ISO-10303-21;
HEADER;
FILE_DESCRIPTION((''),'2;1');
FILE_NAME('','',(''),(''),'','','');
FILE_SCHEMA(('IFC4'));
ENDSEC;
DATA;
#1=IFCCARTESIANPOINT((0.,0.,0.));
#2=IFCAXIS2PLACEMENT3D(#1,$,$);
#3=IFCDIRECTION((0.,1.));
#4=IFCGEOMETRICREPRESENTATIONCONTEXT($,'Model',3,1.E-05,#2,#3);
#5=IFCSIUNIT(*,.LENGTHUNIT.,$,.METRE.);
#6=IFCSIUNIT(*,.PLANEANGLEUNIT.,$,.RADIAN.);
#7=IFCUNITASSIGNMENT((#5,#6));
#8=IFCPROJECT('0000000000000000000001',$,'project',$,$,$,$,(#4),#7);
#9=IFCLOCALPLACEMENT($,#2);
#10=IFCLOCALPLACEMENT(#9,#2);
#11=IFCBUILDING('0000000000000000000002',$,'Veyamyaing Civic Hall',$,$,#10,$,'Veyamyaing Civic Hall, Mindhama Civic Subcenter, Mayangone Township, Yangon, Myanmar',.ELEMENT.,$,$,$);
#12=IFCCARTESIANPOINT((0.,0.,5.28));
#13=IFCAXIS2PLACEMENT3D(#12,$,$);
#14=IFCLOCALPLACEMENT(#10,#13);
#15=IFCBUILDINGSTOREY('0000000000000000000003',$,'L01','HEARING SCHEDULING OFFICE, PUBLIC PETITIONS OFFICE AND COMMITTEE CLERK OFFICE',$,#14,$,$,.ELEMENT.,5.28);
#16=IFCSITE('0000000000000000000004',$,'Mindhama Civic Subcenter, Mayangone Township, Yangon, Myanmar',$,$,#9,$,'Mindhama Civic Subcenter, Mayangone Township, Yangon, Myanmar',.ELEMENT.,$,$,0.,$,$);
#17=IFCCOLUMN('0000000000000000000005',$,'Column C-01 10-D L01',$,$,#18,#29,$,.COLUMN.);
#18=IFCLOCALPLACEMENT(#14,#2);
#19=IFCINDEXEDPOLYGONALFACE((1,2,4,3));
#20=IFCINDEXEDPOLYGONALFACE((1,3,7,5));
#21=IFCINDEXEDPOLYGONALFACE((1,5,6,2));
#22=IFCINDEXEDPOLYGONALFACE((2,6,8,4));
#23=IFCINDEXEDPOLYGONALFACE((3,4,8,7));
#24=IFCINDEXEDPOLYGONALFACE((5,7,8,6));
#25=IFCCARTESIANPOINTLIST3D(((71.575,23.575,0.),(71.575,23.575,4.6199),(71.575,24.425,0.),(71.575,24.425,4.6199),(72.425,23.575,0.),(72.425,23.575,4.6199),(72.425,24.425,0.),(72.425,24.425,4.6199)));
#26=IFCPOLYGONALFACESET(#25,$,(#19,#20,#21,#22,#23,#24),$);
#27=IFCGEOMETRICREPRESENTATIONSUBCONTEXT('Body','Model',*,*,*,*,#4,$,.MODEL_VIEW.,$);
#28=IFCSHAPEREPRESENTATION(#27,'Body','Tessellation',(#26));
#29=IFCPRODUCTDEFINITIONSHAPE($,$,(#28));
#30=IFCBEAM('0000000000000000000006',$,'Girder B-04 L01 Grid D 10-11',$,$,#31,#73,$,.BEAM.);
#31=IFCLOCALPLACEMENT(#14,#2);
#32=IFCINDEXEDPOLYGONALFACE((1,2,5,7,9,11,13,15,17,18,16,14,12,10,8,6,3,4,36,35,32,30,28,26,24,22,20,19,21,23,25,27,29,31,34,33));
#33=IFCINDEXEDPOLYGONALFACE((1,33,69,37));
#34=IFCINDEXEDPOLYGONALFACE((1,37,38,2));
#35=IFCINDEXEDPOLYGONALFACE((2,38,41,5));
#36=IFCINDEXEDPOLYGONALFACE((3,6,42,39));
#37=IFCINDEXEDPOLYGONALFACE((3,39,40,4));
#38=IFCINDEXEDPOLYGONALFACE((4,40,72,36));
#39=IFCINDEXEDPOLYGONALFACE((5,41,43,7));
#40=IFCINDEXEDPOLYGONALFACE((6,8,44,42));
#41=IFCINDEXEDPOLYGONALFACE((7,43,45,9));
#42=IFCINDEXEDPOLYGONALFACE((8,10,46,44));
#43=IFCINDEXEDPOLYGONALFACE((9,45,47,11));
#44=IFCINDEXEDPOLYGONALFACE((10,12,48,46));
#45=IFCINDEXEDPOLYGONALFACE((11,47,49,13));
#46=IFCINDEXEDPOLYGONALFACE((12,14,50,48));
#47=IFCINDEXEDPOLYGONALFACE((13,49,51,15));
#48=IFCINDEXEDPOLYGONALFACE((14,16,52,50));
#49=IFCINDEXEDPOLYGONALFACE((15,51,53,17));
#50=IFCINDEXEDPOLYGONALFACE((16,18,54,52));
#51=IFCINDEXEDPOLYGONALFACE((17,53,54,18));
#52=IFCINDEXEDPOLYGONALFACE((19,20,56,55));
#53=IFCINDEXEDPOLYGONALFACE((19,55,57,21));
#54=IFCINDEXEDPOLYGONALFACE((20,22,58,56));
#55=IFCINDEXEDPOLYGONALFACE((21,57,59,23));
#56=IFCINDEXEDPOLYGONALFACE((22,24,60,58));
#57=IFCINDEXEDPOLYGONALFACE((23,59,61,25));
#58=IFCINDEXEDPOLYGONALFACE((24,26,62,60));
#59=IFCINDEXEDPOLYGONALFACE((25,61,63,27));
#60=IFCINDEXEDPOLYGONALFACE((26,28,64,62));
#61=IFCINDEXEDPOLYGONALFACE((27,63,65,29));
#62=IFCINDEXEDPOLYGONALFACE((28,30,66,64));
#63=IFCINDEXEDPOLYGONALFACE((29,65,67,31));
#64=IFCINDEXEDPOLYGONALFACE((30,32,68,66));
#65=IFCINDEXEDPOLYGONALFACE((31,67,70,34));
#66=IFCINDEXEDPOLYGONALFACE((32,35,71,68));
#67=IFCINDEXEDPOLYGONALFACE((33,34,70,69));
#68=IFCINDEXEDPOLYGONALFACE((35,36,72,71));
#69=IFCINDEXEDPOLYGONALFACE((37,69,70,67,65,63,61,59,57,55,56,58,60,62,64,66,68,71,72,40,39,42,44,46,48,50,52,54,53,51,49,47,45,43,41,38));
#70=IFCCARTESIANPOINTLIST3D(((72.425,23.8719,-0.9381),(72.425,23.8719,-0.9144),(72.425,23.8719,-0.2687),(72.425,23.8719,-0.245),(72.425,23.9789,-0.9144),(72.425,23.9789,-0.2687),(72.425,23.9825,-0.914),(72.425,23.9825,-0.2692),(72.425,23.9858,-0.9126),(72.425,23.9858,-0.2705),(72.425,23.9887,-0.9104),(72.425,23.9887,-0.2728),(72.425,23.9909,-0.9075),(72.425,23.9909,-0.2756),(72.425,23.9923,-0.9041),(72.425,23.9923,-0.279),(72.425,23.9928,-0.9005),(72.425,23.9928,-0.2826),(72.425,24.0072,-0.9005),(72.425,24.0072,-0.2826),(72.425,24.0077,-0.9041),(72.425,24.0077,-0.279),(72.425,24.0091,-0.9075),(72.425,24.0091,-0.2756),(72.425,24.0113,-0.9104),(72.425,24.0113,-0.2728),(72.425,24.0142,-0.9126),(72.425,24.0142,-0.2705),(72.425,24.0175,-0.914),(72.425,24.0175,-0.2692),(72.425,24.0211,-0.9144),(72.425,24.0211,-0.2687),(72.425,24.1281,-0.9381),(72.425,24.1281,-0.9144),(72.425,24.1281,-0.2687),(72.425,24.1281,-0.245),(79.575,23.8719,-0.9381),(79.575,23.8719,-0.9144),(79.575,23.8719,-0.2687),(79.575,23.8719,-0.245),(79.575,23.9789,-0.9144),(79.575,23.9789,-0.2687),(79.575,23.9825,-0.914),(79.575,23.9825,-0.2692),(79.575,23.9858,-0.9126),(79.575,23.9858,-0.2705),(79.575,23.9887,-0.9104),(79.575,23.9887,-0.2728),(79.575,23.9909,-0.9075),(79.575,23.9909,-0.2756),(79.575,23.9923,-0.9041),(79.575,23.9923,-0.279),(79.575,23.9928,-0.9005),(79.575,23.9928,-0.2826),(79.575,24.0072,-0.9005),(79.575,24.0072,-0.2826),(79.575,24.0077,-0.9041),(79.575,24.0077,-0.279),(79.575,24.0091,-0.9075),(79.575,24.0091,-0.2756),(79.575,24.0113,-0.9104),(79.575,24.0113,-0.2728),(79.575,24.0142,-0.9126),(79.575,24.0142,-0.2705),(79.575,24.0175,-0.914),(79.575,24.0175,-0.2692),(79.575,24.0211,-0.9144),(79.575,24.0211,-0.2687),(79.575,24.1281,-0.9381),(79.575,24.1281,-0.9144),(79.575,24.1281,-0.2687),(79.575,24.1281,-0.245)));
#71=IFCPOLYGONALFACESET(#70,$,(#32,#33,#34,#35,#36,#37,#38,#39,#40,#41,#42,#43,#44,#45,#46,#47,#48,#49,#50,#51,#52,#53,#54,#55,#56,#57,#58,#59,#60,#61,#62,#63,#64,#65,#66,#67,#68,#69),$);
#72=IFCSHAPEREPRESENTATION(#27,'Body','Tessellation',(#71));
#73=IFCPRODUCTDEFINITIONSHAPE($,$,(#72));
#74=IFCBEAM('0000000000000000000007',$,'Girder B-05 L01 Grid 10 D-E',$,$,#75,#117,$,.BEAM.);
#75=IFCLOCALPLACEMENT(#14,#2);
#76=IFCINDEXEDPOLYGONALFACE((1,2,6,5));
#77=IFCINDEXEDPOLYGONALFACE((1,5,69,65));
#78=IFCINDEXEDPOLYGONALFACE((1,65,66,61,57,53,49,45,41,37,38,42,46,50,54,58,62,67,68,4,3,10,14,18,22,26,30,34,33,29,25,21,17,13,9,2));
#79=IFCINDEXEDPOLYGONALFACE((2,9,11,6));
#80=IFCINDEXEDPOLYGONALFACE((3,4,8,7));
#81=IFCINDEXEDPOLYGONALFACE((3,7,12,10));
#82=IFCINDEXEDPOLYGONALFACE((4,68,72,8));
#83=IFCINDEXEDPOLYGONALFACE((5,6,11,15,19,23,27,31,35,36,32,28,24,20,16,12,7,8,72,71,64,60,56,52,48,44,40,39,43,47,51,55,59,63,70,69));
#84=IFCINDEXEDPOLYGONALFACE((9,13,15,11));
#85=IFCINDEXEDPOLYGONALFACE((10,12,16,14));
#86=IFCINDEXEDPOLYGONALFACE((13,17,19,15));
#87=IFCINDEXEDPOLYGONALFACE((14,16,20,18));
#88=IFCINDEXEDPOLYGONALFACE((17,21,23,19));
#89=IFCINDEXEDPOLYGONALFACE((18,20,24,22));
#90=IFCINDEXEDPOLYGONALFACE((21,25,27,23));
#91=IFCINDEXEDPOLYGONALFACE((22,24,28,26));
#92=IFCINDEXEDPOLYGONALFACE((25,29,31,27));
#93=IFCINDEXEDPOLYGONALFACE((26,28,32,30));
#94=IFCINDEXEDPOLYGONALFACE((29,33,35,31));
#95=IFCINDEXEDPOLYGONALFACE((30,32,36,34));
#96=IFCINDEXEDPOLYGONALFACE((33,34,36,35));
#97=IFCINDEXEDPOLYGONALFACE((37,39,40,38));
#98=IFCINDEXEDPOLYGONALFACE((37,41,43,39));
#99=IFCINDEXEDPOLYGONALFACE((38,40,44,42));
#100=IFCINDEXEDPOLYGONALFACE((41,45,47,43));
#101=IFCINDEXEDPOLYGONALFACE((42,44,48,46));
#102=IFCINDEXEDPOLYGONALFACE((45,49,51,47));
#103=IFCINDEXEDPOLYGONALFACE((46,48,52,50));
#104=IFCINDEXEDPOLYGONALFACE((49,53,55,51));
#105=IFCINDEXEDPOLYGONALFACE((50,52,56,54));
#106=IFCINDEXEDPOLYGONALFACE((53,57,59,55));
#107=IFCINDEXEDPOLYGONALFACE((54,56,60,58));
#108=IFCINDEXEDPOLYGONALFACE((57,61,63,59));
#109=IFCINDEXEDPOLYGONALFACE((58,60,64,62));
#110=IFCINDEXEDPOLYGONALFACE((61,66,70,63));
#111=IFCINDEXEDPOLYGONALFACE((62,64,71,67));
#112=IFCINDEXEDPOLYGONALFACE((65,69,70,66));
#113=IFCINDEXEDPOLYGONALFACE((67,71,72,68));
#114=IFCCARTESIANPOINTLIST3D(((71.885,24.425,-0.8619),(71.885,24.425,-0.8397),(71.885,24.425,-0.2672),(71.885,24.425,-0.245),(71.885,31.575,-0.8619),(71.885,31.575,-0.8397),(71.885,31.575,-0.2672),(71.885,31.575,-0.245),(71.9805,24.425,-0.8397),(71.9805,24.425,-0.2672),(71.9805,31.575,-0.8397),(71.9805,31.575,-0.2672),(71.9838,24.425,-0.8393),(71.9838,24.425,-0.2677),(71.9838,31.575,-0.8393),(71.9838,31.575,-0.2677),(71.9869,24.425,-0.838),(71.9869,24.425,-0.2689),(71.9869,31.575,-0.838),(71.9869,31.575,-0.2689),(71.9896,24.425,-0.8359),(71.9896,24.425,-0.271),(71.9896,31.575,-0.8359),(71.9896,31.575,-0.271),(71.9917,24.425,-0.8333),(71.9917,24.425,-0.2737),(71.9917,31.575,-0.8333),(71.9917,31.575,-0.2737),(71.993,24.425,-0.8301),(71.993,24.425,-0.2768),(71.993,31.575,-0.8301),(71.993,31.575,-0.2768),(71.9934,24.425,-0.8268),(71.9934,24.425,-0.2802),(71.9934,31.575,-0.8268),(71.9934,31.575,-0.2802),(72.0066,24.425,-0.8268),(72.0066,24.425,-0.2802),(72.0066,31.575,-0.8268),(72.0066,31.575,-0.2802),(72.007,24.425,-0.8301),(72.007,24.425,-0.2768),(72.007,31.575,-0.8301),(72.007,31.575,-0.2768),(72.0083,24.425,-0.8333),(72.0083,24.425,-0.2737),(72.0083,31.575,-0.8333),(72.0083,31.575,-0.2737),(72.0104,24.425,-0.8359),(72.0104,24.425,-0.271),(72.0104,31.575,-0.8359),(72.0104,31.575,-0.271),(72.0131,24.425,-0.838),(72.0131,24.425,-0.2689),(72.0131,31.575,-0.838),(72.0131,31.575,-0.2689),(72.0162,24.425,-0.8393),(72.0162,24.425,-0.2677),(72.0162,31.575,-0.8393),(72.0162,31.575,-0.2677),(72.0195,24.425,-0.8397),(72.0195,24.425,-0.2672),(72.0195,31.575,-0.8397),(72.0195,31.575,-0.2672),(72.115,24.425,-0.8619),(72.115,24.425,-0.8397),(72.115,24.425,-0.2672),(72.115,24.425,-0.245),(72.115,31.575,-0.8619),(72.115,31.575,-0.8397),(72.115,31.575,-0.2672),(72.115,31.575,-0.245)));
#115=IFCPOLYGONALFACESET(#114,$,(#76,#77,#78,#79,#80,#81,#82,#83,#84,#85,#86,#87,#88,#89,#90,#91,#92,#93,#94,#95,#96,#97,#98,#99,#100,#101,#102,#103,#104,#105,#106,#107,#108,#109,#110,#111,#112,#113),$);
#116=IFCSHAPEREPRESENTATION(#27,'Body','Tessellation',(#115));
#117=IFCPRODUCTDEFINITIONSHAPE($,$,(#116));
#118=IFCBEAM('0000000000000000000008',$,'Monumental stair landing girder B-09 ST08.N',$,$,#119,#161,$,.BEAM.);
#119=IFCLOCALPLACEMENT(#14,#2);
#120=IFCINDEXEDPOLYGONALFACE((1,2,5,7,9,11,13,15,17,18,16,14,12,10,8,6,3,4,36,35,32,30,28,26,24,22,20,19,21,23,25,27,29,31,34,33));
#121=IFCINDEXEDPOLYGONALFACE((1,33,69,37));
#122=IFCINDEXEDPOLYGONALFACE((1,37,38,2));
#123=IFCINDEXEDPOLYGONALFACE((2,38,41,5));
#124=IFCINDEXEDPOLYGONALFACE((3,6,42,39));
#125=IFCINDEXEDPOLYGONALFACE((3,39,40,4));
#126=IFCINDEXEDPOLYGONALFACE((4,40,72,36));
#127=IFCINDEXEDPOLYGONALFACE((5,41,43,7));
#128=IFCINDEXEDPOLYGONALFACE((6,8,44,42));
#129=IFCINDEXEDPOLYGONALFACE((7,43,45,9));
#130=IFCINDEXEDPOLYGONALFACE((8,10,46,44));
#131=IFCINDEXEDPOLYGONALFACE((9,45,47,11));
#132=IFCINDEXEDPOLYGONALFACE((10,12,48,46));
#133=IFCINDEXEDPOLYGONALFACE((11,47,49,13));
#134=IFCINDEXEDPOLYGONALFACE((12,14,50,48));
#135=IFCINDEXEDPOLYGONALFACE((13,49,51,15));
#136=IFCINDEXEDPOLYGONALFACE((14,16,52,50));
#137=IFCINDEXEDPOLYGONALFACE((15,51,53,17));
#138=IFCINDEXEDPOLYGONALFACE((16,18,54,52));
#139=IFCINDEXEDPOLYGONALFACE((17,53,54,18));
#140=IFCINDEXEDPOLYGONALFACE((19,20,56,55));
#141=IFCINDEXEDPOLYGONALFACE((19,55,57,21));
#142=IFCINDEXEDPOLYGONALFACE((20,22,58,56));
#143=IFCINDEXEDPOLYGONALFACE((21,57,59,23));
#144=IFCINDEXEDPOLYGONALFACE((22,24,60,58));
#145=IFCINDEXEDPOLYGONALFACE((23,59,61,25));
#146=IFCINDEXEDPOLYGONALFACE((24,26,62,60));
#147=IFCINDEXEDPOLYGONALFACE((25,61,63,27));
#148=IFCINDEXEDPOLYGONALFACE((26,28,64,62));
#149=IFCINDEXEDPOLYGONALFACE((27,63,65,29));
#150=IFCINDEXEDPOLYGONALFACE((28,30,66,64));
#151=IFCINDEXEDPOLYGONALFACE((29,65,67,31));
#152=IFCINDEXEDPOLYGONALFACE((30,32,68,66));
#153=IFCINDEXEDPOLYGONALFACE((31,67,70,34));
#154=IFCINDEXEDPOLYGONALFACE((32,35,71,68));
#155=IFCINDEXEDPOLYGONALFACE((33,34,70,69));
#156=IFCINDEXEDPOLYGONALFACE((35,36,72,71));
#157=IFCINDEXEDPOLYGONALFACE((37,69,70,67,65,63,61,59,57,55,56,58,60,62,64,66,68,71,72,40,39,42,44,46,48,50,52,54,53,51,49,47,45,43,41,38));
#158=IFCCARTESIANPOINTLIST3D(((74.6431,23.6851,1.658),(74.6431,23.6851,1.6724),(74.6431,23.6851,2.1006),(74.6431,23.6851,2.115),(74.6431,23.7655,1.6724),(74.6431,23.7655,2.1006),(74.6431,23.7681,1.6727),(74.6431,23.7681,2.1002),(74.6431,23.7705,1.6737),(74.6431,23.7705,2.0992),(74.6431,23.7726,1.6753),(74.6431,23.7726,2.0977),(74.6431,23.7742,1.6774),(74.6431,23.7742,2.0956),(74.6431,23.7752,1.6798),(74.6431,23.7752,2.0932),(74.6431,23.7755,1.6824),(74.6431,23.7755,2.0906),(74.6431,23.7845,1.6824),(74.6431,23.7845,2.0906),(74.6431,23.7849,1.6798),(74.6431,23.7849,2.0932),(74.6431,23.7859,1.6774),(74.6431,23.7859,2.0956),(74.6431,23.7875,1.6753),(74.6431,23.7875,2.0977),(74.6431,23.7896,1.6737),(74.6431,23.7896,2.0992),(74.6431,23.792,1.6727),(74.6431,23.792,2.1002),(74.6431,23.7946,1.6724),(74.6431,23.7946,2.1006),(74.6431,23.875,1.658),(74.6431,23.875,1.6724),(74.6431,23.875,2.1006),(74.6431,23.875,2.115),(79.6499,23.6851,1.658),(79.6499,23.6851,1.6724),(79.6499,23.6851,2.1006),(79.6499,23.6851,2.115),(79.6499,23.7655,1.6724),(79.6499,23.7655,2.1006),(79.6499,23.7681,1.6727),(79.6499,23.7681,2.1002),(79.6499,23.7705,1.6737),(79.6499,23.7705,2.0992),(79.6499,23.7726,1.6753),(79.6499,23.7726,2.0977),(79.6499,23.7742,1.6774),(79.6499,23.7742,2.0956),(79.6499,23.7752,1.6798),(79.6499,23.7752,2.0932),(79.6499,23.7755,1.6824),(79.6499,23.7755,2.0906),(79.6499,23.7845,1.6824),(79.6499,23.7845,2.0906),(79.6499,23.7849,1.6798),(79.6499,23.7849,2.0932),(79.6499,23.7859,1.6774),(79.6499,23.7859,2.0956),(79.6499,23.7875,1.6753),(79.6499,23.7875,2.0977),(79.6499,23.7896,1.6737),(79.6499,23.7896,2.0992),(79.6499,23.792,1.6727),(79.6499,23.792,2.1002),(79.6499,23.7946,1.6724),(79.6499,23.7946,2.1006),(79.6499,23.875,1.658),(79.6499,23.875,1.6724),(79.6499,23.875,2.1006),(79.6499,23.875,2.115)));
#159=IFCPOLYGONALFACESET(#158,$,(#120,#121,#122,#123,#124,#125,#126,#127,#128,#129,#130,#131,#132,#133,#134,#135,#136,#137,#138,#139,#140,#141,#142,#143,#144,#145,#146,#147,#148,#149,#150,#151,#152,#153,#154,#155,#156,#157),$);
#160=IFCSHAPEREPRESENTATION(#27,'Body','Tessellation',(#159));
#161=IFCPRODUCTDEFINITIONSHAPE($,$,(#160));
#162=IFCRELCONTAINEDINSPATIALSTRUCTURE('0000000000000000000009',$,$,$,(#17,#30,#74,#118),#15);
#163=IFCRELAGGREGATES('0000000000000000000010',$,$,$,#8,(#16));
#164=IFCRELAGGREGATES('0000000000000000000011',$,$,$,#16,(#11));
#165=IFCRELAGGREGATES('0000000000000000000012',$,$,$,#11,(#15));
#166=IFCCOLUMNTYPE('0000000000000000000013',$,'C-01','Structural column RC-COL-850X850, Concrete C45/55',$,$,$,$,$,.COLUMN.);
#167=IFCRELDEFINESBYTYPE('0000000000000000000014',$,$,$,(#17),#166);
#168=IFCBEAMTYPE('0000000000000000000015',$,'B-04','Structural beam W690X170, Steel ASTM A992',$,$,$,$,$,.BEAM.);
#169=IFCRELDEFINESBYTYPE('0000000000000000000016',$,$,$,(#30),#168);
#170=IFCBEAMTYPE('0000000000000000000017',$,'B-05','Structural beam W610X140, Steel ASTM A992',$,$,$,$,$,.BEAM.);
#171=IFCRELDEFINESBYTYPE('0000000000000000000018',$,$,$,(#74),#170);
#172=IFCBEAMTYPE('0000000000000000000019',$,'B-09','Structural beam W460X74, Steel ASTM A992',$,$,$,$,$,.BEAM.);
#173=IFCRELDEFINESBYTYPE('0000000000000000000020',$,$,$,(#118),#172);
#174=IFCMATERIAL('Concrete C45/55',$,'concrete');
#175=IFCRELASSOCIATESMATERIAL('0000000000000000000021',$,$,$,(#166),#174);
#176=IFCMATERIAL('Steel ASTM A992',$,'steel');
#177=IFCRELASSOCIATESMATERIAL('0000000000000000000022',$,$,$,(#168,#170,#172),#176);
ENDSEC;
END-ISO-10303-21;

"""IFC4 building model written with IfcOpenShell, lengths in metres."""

from ifc_helpers import new_model, si_unit, direction, frame, origin, origin_2d, place, context, subcontext, project, spatial, rectangle, i_section, extrude, material, material_profile, profile_set, type_object, element, save


model = new_model("IFC4")

# Units and contexts
model_context = context("Model", 3, precision=1e-05, world=origin(), true_north=direction((0.0, 1.0)))
body_context = subcontext(model_context, "Body", "Model", "MODEL_VIEW")
ifc_project = project(units=[si_unit("LENGTHUNIT", "METRE"), si_unit("PLANEANGLEUNIT", "RADIAN")], contexts=[model_context])

# Site, building, storey
site_placement = place(None, origin())
site = spatial("IfcSite", under=ifc_project, at=site_placement, Name="Mindhama Civic Subcenter, Mayangone Township, Yangon, Myanmar", LongName="Mindhama Civic Subcenter, Mayangone Township, Yangon, Myanmar", CompositionType="ELEMENT", RefElevation=0.0)
building_placement = place(site_placement, origin())
building = spatial("IfcBuilding", under=site, at=building_placement, Name="Veyamyaing Civic Hall", LongName="Veyamyaing Civic Hall, Mindhama Civic Subcenter, Mayangone Township, Yangon, Myanmar", CompositionType="ELEMENT")
storey_placement = place(building_placement, frame((0.0, 0.0, 5.28)))
storey = spatial("IfcBuildingStorey", under=building, at=storey_placement, Name="L01", Description="HEARING SCHEDULING OFFICE, PUBLIC PETITIONS OFFICE AND COMMITTEE CLERK OFFICE", CompositionType="ELEMENT", Elevation=5.28)

# Column
ifc_material_1 = material(Name="Concrete C45/55", Category="concrete")
ifc_material_profile_1 = material_profile(ifc_material_1, rectangle(XDim=0.8501, YDim=0.8501, at=origin_2d()), Name="RC-COL-850X850")
ifc_profile_set_1 = profile_set([ifc_material_profile_1], Name="Concrete C45/55")
column_type = type_object("IfcColumnType", Name="C-01", Description="Structural column RC-COL-850X850, Concrete C45/55", PredefinedType="COLUMN", material=ifc_profile_set_1)
column_placement = place(storey_placement, frame((72.0, 24.0, 0.0), z_axis=(0.0, 0.0, 1.0), x_axis=(1.0, 0.0, 0.0)))
element("IfcColumn", 1, at=column_placement, inside=storey, type_object=column_type, Name="Column C-01 10-D L01", PredefinedType="COLUMN", context=body_context, shape_type="SweptSolid", body=[
    extrude(rectangle(XDim=0.8501, YDim=0.8501, at=origin_2d()), origin(), (0.0, 0.0, 1.0), 4.6199),
])

# Beams
ifc_material_2 = material(Name="Steel ASTM A992", Category="steel")
ifc_material_profile_2 = material_profile(ifc_material_2, i_section(OverallWidth=0.2561, OverallDepth=0.6931, WebThickness=0.0144, FlangeThickness=0.0237, FilletRadius=0.0139, at=origin_2d()), Name="W690X170")
ifc_profile_set_2 = profile_set([ifc_material_profile_2], Name="Steel ASTM A992")
beam_type_1 = type_object("IfcBeamType", Name="B-04", Description="Structural beam W690X170, Steel ASTM A992", PredefinedType="BEAM", material=ifc_profile_set_2)
beam_1_placement = place(storey_placement, frame((72.425, 24.0, -0.5916), z_axis=(1.0, 0.0, 0.0), x_axis=(0.0, 1.0, 0.0)))
element("IfcBeam", 2, at=beam_1_placement, inside=storey, type_object=beam_type_1, Name="Girder B-04 L01 Grid D 10-11", PredefinedType="BEAM", context=body_context, shape_type="SweptSolid", body=[
    extrude(i_section(OverallWidth=0.2561, OverallDepth=0.6931, WebThickness=0.0144, FlangeThickness=0.0237, FilletRadius=0.0139, at=origin_2d()), origin(), (0.0, 0.0, 1.0), 7.1499),
])
ifc_material_profile_3 = material_profile(ifc_material_2, i_section(OverallWidth=0.23, OverallDepth=0.6169, WebThickness=0.0132, FlangeThickness=0.0222, FilletRadius=0.0129, at=origin_2d()), Name="W610X140")
ifc_profile_set_3 = profile_set([ifc_material_profile_3], Name="Steel ASTM A992")
beam_type_2 = type_object("IfcBeamType", Name="B-05", Description="Structural beam W610X140, Steel ASTM A992", PredefinedType="BEAM", material=ifc_profile_set_3)
beam_2_placement = place(storey_placement, frame((72.0, 24.425, -0.5535), z_axis=(0.0, 1.0, 0.0), x_axis=(-1.0, 0.0, 0.0)))
element("IfcBeam", 3, at=beam_2_placement, inside=storey, type_object=beam_type_2, Name="Girder B-05 L01 Grid 10 D-E", PredefinedType="BEAM", context=body_context, shape_type="SweptSolid", body=[
    extrude(i_section(OverallWidth=0.23, OverallDepth=0.6169, WebThickness=0.0132, FlangeThickness=0.0222, FilletRadius=0.0129, at=origin_2d()), origin(), (0.0, 0.0, 1.0), 7.1499),
])
ifc_material_profile_4 = material_profile(ifc_material_2, i_section(OverallWidth=0.1899, OverallDepth=0.457, WebThickness=0.009, FlangeThickness=0.0144, FilletRadius=0.01, at=origin_2d()), Name="W460X74")
ifc_profile_set_4 = profile_set([ifc_material_profile_4], Name="Steel ASTM A992")
beam_type_3 = type_object("IfcBeamType", Name="B-09", Description="Structural beam W460X74, Steel ASTM A992", PredefinedType="BEAM", material=ifc_profile_set_4)
beam_3_placement = place(storey_placement, frame((74.6431, 23.78, 1.8865), z_axis=(1.0, 0.0, 0.0), x_axis=(0.0, 1.0, 0.0)))
element("IfcBeam", 4, at=beam_3_placement, inside=storey, type_object=beam_type_3, Name="Monumental stair landing girder B-09 ST08.N", PredefinedType="BEAM", context=body_context, shape_type="SweptSolid", body=[
    extrude(i_section(OverallWidth=0.1899, OverallDepth=0.457, WebThickness=0.009, FlangeThickness=0.0144, FilletRadius=0.01, at=origin_2d()), origin(), (0.0, 0.0, 1.0), 5.0068),
])

save(model, "model.ifc")
